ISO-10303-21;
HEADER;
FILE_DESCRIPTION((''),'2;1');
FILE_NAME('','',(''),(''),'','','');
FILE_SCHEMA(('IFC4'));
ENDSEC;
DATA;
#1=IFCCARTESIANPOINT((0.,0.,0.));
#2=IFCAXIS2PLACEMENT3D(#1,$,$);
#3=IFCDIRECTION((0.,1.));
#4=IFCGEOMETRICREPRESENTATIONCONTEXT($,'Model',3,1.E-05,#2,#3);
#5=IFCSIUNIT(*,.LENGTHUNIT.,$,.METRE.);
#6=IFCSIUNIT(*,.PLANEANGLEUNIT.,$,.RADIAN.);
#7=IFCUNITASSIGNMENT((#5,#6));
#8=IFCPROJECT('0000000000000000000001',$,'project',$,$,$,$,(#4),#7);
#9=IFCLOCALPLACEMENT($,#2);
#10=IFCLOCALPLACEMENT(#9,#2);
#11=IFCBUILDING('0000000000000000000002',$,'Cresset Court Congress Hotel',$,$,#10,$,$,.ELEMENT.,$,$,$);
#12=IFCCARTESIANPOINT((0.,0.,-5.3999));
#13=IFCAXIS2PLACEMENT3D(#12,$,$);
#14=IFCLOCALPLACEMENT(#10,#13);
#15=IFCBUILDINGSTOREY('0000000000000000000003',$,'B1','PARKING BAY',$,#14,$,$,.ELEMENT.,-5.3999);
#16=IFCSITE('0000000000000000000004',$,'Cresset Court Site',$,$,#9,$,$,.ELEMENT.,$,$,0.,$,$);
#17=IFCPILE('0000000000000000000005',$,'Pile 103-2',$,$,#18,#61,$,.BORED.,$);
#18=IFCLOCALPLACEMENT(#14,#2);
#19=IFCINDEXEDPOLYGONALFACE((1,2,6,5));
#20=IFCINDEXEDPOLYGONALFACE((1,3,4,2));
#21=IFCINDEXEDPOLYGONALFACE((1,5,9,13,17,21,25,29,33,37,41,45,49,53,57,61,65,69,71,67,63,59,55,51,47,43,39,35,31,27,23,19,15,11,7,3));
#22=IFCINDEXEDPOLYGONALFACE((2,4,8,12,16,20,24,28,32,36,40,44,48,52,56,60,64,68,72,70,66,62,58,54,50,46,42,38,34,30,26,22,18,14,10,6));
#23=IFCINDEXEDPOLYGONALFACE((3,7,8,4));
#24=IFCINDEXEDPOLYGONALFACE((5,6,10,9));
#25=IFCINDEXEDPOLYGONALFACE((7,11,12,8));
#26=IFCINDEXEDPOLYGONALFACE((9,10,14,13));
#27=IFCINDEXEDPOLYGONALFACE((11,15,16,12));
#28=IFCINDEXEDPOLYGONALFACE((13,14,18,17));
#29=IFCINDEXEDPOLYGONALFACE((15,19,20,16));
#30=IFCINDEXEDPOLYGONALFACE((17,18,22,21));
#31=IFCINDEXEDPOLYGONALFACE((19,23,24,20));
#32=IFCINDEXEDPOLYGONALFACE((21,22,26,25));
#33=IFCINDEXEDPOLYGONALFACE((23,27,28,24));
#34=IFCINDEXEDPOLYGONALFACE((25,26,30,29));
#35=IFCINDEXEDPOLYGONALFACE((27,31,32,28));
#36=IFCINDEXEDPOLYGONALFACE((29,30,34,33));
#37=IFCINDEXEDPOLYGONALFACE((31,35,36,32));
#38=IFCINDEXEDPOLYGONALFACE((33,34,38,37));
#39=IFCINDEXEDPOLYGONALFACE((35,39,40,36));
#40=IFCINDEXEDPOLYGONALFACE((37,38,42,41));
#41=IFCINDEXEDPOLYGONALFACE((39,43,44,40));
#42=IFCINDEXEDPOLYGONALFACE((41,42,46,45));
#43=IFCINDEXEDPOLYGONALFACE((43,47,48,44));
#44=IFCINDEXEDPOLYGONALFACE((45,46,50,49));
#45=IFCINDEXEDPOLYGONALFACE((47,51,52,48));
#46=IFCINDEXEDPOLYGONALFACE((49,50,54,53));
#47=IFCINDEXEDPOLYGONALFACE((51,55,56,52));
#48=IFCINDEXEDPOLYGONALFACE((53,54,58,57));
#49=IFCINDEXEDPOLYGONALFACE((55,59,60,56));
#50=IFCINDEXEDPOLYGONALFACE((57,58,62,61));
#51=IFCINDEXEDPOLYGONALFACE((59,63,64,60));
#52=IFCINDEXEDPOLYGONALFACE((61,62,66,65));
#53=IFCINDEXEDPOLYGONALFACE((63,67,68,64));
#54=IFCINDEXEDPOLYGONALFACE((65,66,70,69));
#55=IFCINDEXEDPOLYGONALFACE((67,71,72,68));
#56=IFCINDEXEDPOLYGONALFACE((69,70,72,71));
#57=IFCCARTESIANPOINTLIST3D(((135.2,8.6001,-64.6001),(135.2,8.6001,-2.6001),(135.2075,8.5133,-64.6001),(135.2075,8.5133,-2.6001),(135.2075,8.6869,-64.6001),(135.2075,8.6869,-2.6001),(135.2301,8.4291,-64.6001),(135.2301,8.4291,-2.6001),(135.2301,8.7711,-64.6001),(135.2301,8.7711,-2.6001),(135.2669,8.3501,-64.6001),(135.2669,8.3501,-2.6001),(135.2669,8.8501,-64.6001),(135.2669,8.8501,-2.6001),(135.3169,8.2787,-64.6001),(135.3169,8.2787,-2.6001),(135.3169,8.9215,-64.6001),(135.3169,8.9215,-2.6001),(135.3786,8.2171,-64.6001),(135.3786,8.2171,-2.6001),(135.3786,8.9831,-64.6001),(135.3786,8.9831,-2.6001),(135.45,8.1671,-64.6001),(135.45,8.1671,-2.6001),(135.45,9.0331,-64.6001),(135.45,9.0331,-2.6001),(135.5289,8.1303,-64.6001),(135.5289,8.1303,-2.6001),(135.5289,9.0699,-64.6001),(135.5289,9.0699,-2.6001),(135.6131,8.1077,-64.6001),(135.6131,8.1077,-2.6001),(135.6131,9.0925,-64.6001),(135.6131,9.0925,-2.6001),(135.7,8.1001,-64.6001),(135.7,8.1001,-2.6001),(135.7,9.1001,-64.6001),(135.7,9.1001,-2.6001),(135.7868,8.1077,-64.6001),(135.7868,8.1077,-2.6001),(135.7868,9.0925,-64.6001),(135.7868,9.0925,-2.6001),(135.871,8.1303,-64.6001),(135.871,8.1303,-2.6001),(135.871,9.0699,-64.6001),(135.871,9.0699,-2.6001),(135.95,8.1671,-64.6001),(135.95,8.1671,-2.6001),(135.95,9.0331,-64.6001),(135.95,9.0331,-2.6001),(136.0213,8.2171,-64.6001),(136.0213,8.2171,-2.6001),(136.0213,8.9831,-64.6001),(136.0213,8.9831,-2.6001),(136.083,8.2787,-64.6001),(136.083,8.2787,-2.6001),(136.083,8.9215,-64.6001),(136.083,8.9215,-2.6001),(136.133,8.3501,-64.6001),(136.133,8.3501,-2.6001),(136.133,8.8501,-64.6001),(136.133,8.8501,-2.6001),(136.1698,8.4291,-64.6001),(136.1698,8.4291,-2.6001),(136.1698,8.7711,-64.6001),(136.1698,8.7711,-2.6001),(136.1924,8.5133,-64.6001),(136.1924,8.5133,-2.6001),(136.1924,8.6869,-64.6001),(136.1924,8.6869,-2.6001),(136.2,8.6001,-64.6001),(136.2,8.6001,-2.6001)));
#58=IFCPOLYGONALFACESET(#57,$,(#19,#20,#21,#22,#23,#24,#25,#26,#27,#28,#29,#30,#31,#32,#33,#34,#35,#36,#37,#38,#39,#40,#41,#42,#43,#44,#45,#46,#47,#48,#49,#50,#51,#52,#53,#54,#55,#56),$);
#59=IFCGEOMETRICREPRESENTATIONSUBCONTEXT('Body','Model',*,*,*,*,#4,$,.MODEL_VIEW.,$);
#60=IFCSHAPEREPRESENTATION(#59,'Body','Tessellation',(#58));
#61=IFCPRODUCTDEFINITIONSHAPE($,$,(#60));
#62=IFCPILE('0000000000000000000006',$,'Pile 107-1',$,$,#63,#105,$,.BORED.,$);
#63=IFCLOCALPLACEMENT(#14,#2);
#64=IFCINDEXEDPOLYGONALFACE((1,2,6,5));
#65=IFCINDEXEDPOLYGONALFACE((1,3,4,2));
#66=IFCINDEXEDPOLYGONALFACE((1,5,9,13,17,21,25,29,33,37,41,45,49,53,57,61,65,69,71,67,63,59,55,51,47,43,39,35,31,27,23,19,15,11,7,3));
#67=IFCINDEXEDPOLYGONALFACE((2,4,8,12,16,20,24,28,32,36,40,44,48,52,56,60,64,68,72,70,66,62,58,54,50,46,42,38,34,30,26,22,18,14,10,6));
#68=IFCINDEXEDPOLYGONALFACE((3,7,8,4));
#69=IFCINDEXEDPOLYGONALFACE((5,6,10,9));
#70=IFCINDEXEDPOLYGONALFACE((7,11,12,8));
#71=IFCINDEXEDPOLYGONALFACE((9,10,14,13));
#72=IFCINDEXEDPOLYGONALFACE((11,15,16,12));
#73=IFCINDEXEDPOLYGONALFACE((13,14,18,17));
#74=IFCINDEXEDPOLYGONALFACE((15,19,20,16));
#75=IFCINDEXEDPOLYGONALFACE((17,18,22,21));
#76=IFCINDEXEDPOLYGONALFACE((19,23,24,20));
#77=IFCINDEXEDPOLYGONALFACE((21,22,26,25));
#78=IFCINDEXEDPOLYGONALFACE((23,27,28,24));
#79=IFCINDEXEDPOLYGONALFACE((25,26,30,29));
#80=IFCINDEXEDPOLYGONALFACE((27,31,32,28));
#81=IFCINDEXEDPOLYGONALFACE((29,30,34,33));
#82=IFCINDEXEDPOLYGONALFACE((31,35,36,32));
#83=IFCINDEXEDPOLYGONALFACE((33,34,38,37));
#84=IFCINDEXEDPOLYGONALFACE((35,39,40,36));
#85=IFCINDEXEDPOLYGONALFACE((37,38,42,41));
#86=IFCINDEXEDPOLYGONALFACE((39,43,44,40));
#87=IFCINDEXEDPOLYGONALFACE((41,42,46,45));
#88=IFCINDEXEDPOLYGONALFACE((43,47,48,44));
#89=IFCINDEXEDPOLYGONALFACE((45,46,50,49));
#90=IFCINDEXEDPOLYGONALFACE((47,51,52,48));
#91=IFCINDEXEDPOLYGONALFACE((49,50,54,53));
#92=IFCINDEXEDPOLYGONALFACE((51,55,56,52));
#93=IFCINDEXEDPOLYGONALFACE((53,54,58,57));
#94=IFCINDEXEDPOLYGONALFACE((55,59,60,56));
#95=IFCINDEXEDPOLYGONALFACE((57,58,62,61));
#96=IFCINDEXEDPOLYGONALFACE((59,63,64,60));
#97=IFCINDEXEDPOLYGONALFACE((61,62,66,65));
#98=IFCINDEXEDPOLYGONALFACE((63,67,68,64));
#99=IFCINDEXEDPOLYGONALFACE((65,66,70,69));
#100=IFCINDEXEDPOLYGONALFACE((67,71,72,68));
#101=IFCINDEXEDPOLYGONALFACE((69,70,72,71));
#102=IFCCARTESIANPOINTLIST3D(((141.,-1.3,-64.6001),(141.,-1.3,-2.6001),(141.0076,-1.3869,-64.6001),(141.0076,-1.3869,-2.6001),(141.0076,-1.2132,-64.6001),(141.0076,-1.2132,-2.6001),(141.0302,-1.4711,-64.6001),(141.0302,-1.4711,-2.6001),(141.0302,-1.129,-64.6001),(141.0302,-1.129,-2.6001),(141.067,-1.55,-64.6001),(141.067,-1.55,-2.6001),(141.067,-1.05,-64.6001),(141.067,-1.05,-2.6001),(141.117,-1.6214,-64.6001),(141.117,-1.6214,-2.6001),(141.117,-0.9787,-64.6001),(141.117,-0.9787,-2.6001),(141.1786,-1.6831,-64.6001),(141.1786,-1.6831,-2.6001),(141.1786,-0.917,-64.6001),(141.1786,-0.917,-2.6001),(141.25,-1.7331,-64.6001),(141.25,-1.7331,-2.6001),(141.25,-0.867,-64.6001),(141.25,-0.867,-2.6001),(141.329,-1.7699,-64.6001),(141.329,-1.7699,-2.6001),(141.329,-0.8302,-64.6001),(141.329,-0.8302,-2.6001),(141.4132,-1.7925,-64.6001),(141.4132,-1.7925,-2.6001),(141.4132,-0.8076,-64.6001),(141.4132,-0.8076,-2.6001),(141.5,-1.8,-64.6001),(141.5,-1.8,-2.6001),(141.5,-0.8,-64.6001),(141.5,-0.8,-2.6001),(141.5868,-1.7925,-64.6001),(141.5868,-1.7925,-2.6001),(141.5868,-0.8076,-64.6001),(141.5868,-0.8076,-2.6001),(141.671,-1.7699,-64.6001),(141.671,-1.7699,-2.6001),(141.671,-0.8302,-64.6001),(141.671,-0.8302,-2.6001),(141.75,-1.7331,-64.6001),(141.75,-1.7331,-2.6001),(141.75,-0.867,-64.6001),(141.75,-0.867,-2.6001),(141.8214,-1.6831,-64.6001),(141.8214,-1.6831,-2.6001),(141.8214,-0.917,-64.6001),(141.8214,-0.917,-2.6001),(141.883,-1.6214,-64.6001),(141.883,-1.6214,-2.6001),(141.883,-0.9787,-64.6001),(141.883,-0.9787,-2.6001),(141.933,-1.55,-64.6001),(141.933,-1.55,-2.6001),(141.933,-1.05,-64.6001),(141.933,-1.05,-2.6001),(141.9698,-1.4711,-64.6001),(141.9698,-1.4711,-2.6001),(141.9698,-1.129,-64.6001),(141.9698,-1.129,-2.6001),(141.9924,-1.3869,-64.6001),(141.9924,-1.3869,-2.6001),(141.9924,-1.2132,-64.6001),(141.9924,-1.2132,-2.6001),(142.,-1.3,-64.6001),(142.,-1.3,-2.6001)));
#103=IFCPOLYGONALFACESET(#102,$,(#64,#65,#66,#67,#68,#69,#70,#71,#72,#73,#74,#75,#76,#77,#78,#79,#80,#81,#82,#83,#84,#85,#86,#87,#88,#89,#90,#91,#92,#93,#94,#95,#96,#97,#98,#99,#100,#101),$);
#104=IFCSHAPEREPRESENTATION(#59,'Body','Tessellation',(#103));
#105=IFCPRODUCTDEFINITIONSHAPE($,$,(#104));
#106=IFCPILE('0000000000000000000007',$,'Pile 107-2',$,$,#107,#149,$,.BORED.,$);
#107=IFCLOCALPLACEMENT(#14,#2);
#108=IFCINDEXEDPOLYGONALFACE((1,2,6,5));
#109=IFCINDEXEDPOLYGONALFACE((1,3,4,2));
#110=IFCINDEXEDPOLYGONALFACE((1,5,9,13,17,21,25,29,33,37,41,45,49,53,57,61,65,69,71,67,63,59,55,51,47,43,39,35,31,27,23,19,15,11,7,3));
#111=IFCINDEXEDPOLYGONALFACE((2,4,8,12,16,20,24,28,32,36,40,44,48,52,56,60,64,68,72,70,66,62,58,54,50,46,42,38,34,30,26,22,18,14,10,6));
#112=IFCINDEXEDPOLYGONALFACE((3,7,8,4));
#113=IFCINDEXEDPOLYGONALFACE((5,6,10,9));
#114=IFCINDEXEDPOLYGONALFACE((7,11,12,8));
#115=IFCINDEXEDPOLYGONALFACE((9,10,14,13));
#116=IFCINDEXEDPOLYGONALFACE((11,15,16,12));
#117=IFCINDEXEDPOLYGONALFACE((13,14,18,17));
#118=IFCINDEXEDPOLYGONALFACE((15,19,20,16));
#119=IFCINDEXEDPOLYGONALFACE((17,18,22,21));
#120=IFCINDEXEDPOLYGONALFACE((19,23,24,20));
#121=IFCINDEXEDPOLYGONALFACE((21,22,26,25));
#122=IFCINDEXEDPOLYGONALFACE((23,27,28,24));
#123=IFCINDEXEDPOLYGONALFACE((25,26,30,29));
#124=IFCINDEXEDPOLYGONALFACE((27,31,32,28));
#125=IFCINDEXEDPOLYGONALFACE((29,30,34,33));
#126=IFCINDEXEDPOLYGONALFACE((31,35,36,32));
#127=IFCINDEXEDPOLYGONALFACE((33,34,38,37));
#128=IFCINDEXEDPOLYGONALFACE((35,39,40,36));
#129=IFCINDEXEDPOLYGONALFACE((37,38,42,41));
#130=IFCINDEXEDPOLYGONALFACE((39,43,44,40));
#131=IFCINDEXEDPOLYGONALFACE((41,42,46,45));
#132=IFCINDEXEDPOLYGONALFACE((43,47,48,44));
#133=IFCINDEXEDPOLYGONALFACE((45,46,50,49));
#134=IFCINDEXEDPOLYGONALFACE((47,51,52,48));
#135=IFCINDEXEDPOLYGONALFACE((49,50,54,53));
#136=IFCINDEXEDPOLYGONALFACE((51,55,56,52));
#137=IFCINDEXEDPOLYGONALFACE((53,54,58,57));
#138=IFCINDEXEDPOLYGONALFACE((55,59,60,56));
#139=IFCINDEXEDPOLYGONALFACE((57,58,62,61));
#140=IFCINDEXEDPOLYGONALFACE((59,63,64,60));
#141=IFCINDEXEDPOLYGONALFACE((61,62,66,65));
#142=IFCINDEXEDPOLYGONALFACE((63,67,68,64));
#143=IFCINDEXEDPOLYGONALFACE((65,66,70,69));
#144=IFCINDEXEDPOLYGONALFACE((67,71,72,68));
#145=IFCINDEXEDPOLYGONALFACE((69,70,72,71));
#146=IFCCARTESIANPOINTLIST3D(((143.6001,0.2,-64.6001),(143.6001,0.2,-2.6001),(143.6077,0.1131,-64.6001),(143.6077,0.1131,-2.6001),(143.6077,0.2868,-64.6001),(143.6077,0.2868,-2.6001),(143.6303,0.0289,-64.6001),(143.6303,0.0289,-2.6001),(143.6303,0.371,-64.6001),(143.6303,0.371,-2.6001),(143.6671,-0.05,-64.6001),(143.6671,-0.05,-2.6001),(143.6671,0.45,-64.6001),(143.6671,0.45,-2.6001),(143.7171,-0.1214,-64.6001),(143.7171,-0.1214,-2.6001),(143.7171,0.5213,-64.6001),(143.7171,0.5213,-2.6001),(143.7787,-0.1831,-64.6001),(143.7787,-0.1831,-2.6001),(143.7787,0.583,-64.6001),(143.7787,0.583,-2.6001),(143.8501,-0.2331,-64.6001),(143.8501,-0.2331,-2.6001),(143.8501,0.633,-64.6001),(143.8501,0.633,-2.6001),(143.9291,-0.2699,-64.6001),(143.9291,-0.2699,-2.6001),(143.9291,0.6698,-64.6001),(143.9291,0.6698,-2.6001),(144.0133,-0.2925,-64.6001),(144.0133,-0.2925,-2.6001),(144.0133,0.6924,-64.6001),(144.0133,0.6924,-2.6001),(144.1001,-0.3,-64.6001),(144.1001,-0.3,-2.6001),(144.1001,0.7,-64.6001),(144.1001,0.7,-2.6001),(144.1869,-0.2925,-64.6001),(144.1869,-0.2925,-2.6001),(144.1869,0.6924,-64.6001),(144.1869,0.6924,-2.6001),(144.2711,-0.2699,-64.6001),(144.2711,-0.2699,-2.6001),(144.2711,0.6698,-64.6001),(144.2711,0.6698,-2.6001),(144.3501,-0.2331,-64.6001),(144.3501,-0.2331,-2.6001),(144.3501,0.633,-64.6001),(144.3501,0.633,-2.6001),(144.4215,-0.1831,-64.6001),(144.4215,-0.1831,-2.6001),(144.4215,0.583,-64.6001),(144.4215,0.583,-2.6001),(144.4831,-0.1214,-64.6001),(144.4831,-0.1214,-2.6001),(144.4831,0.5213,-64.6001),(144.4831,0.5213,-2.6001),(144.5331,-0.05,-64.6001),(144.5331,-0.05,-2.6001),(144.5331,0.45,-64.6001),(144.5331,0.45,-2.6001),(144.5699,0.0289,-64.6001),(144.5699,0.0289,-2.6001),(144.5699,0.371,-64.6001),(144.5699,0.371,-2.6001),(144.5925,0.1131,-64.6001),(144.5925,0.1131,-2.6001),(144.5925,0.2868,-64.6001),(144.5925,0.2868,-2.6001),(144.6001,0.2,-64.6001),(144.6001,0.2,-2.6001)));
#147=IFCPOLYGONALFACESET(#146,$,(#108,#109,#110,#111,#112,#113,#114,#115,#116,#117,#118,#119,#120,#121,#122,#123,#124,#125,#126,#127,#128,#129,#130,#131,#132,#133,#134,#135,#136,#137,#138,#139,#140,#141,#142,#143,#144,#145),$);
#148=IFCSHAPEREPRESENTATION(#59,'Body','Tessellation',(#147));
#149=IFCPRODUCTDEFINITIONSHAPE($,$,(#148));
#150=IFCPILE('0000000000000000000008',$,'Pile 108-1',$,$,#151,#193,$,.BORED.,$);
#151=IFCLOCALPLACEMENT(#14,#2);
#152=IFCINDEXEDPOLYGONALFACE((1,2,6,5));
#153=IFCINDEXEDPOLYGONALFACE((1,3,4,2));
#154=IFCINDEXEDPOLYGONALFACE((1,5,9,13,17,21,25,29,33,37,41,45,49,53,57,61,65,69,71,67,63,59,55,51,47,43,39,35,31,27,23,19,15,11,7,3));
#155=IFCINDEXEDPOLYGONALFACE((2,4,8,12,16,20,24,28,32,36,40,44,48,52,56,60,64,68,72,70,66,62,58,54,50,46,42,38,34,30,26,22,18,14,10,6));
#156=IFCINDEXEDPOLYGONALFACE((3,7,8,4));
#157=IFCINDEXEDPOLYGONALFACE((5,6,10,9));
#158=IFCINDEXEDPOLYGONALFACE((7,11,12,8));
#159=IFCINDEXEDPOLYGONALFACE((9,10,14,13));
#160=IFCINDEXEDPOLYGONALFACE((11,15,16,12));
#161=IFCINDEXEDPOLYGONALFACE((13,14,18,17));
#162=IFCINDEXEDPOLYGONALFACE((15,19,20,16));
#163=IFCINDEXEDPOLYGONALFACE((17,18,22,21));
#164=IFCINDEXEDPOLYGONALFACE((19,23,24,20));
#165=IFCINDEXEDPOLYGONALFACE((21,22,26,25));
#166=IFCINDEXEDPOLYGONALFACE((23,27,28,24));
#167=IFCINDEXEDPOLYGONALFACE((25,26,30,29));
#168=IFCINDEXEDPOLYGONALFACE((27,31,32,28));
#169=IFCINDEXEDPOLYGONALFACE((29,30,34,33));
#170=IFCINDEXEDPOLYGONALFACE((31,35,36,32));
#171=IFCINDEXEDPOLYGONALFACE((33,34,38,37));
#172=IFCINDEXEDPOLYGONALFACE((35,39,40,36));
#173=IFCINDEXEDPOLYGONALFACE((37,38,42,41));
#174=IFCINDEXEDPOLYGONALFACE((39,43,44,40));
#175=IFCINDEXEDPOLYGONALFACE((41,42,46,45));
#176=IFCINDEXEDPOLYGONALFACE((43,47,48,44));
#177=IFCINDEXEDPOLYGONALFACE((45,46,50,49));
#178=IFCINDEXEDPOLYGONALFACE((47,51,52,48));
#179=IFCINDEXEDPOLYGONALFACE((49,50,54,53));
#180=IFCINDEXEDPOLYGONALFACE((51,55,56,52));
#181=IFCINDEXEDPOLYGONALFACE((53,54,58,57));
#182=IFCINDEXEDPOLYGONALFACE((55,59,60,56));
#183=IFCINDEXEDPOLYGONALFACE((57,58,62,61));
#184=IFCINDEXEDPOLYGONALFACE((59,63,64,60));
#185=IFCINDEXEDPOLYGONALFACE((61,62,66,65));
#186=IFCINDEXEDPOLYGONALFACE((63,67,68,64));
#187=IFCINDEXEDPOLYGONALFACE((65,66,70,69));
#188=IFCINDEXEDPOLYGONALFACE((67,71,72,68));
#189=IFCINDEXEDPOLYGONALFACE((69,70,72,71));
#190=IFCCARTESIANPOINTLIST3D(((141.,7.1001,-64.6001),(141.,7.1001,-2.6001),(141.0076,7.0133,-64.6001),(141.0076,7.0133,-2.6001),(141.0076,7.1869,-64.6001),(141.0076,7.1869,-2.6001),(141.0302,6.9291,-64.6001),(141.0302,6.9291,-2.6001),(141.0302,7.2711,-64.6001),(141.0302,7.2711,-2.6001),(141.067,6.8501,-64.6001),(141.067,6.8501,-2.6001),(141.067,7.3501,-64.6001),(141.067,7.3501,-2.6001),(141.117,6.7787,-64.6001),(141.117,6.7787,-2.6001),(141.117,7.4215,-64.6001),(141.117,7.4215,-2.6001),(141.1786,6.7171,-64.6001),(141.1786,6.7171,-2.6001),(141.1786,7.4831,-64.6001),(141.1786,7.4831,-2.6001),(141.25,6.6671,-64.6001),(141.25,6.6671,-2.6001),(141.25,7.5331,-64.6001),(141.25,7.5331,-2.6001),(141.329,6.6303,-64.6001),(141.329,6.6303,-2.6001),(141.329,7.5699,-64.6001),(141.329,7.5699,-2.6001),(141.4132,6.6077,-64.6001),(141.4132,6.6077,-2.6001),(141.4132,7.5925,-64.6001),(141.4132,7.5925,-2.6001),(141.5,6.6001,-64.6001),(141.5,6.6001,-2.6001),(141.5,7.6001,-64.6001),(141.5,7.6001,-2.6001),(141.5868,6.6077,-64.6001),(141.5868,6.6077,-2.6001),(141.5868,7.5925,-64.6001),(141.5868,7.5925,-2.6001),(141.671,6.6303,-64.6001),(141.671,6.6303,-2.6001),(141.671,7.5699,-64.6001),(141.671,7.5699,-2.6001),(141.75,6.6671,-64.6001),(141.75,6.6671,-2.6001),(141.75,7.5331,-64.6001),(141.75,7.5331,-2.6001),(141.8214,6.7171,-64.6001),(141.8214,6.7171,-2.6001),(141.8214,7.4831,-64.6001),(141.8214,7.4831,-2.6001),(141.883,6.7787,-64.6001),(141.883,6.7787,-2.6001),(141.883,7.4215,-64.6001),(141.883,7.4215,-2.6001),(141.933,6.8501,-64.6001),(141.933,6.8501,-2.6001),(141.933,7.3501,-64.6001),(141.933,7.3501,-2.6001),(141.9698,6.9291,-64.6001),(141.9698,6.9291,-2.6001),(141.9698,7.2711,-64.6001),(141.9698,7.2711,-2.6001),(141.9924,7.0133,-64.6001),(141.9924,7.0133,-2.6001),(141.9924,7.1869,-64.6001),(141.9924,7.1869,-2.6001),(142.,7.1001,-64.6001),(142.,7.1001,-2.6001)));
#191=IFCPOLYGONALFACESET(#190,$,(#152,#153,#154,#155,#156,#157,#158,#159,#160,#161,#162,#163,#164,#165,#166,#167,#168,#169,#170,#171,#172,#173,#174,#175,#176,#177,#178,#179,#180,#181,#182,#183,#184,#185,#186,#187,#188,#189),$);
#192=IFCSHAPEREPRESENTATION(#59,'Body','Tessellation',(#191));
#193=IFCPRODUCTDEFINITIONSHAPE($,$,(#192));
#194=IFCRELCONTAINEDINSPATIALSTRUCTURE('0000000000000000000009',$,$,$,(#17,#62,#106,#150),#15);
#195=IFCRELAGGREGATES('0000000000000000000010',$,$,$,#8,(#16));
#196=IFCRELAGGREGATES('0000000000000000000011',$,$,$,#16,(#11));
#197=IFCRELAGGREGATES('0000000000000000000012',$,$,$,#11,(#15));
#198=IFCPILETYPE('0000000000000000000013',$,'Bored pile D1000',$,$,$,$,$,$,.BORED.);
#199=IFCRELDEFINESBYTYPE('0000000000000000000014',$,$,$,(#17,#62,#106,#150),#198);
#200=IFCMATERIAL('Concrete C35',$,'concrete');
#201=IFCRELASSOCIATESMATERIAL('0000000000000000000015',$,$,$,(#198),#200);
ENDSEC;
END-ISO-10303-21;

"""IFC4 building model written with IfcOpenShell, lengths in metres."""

from ifc_helpers import new_model, si_unit, direction, frame, origin, origin_2d, place, context, subcontext, project, spatial, circle, extrude, material, type_object, element, save


model = new_model("IFC4")

# Units and contexts
model_context = context("Model", 3, precision=1e-05, world=origin(), true_north=direction((0.0, 1.0)))
body_context = subcontext(model_context, "Body", "Model", "MODEL_VIEW")
ifc_project = project(units=[si_unit("LENGTHUNIT", "METRE"), si_unit("PLANEANGLEUNIT", "RADIAN")], contexts=[model_context])

# Site, building, storey
site_placement = place(None, origin())
site = spatial("IfcSite", under=ifc_project, at=site_placement, Name="Cresset Court Site", CompositionType="ELEMENT", RefElevation=0.0)
building_placement = place(site_placement, origin())
building = spatial("IfcBuilding", under=site, at=building_placement, Name="Cresset Court Congress Hotel", CompositionType="ELEMENT")
storey_placement = place(building_placement, frame((0.0, 0.0, -5.3999)))
storey = spatial("IfcBuildingStorey", under=building, at=storey_placement, Name="B1", Description="PARKING BAY", CompositionType="ELEMENT", Elevation=-5.3999)

# Piles
ifc_material_1 = material(Name="Concrete C35", Category="concrete")
pile_type = type_object("IfcPileType", Name="Bored pile D1000", PredefinedType="BORED", material=ifc_material_1)
for number, where, z_axis, x_axis, name in (
    (1, (135.7, 8.6001, -2.6001), (0.0, 0.0, -1.0), (1.0, 0.0, 0.0), "Pile 103-2"),
    (2, (141.5, -1.3, -2.6001), (0.0, 0.0, -1.0), (1.0, 0.0, 0.0), "Pile 107-1"),
    (3, (144.1001, 0.2, -2.6001), (0.0, 0.0, -1.0), (1.0, 0.0, 0.0), "Pile 107-2"),
    (4, (141.5, 7.1001, -2.6001), (0.0, 0.0, -1.0), (1.0, 0.0, 0.0), "Pile 108-1"),
):
    element("IfcPile", number, at=place(storey_placement, frame(where, z_axis=z_axis, x_axis=x_axis)), inside=storey, type_object=pile_type, Name=name, PredefinedType="BORED", context=body_context, shape_type="SweptSolid", body=[
        extrude(circle(Radius=0.5, at=origin_2d()), origin(), (0.0, 0.0, 1.0), 62.0),
    ])

save(model, "model.ifc")
